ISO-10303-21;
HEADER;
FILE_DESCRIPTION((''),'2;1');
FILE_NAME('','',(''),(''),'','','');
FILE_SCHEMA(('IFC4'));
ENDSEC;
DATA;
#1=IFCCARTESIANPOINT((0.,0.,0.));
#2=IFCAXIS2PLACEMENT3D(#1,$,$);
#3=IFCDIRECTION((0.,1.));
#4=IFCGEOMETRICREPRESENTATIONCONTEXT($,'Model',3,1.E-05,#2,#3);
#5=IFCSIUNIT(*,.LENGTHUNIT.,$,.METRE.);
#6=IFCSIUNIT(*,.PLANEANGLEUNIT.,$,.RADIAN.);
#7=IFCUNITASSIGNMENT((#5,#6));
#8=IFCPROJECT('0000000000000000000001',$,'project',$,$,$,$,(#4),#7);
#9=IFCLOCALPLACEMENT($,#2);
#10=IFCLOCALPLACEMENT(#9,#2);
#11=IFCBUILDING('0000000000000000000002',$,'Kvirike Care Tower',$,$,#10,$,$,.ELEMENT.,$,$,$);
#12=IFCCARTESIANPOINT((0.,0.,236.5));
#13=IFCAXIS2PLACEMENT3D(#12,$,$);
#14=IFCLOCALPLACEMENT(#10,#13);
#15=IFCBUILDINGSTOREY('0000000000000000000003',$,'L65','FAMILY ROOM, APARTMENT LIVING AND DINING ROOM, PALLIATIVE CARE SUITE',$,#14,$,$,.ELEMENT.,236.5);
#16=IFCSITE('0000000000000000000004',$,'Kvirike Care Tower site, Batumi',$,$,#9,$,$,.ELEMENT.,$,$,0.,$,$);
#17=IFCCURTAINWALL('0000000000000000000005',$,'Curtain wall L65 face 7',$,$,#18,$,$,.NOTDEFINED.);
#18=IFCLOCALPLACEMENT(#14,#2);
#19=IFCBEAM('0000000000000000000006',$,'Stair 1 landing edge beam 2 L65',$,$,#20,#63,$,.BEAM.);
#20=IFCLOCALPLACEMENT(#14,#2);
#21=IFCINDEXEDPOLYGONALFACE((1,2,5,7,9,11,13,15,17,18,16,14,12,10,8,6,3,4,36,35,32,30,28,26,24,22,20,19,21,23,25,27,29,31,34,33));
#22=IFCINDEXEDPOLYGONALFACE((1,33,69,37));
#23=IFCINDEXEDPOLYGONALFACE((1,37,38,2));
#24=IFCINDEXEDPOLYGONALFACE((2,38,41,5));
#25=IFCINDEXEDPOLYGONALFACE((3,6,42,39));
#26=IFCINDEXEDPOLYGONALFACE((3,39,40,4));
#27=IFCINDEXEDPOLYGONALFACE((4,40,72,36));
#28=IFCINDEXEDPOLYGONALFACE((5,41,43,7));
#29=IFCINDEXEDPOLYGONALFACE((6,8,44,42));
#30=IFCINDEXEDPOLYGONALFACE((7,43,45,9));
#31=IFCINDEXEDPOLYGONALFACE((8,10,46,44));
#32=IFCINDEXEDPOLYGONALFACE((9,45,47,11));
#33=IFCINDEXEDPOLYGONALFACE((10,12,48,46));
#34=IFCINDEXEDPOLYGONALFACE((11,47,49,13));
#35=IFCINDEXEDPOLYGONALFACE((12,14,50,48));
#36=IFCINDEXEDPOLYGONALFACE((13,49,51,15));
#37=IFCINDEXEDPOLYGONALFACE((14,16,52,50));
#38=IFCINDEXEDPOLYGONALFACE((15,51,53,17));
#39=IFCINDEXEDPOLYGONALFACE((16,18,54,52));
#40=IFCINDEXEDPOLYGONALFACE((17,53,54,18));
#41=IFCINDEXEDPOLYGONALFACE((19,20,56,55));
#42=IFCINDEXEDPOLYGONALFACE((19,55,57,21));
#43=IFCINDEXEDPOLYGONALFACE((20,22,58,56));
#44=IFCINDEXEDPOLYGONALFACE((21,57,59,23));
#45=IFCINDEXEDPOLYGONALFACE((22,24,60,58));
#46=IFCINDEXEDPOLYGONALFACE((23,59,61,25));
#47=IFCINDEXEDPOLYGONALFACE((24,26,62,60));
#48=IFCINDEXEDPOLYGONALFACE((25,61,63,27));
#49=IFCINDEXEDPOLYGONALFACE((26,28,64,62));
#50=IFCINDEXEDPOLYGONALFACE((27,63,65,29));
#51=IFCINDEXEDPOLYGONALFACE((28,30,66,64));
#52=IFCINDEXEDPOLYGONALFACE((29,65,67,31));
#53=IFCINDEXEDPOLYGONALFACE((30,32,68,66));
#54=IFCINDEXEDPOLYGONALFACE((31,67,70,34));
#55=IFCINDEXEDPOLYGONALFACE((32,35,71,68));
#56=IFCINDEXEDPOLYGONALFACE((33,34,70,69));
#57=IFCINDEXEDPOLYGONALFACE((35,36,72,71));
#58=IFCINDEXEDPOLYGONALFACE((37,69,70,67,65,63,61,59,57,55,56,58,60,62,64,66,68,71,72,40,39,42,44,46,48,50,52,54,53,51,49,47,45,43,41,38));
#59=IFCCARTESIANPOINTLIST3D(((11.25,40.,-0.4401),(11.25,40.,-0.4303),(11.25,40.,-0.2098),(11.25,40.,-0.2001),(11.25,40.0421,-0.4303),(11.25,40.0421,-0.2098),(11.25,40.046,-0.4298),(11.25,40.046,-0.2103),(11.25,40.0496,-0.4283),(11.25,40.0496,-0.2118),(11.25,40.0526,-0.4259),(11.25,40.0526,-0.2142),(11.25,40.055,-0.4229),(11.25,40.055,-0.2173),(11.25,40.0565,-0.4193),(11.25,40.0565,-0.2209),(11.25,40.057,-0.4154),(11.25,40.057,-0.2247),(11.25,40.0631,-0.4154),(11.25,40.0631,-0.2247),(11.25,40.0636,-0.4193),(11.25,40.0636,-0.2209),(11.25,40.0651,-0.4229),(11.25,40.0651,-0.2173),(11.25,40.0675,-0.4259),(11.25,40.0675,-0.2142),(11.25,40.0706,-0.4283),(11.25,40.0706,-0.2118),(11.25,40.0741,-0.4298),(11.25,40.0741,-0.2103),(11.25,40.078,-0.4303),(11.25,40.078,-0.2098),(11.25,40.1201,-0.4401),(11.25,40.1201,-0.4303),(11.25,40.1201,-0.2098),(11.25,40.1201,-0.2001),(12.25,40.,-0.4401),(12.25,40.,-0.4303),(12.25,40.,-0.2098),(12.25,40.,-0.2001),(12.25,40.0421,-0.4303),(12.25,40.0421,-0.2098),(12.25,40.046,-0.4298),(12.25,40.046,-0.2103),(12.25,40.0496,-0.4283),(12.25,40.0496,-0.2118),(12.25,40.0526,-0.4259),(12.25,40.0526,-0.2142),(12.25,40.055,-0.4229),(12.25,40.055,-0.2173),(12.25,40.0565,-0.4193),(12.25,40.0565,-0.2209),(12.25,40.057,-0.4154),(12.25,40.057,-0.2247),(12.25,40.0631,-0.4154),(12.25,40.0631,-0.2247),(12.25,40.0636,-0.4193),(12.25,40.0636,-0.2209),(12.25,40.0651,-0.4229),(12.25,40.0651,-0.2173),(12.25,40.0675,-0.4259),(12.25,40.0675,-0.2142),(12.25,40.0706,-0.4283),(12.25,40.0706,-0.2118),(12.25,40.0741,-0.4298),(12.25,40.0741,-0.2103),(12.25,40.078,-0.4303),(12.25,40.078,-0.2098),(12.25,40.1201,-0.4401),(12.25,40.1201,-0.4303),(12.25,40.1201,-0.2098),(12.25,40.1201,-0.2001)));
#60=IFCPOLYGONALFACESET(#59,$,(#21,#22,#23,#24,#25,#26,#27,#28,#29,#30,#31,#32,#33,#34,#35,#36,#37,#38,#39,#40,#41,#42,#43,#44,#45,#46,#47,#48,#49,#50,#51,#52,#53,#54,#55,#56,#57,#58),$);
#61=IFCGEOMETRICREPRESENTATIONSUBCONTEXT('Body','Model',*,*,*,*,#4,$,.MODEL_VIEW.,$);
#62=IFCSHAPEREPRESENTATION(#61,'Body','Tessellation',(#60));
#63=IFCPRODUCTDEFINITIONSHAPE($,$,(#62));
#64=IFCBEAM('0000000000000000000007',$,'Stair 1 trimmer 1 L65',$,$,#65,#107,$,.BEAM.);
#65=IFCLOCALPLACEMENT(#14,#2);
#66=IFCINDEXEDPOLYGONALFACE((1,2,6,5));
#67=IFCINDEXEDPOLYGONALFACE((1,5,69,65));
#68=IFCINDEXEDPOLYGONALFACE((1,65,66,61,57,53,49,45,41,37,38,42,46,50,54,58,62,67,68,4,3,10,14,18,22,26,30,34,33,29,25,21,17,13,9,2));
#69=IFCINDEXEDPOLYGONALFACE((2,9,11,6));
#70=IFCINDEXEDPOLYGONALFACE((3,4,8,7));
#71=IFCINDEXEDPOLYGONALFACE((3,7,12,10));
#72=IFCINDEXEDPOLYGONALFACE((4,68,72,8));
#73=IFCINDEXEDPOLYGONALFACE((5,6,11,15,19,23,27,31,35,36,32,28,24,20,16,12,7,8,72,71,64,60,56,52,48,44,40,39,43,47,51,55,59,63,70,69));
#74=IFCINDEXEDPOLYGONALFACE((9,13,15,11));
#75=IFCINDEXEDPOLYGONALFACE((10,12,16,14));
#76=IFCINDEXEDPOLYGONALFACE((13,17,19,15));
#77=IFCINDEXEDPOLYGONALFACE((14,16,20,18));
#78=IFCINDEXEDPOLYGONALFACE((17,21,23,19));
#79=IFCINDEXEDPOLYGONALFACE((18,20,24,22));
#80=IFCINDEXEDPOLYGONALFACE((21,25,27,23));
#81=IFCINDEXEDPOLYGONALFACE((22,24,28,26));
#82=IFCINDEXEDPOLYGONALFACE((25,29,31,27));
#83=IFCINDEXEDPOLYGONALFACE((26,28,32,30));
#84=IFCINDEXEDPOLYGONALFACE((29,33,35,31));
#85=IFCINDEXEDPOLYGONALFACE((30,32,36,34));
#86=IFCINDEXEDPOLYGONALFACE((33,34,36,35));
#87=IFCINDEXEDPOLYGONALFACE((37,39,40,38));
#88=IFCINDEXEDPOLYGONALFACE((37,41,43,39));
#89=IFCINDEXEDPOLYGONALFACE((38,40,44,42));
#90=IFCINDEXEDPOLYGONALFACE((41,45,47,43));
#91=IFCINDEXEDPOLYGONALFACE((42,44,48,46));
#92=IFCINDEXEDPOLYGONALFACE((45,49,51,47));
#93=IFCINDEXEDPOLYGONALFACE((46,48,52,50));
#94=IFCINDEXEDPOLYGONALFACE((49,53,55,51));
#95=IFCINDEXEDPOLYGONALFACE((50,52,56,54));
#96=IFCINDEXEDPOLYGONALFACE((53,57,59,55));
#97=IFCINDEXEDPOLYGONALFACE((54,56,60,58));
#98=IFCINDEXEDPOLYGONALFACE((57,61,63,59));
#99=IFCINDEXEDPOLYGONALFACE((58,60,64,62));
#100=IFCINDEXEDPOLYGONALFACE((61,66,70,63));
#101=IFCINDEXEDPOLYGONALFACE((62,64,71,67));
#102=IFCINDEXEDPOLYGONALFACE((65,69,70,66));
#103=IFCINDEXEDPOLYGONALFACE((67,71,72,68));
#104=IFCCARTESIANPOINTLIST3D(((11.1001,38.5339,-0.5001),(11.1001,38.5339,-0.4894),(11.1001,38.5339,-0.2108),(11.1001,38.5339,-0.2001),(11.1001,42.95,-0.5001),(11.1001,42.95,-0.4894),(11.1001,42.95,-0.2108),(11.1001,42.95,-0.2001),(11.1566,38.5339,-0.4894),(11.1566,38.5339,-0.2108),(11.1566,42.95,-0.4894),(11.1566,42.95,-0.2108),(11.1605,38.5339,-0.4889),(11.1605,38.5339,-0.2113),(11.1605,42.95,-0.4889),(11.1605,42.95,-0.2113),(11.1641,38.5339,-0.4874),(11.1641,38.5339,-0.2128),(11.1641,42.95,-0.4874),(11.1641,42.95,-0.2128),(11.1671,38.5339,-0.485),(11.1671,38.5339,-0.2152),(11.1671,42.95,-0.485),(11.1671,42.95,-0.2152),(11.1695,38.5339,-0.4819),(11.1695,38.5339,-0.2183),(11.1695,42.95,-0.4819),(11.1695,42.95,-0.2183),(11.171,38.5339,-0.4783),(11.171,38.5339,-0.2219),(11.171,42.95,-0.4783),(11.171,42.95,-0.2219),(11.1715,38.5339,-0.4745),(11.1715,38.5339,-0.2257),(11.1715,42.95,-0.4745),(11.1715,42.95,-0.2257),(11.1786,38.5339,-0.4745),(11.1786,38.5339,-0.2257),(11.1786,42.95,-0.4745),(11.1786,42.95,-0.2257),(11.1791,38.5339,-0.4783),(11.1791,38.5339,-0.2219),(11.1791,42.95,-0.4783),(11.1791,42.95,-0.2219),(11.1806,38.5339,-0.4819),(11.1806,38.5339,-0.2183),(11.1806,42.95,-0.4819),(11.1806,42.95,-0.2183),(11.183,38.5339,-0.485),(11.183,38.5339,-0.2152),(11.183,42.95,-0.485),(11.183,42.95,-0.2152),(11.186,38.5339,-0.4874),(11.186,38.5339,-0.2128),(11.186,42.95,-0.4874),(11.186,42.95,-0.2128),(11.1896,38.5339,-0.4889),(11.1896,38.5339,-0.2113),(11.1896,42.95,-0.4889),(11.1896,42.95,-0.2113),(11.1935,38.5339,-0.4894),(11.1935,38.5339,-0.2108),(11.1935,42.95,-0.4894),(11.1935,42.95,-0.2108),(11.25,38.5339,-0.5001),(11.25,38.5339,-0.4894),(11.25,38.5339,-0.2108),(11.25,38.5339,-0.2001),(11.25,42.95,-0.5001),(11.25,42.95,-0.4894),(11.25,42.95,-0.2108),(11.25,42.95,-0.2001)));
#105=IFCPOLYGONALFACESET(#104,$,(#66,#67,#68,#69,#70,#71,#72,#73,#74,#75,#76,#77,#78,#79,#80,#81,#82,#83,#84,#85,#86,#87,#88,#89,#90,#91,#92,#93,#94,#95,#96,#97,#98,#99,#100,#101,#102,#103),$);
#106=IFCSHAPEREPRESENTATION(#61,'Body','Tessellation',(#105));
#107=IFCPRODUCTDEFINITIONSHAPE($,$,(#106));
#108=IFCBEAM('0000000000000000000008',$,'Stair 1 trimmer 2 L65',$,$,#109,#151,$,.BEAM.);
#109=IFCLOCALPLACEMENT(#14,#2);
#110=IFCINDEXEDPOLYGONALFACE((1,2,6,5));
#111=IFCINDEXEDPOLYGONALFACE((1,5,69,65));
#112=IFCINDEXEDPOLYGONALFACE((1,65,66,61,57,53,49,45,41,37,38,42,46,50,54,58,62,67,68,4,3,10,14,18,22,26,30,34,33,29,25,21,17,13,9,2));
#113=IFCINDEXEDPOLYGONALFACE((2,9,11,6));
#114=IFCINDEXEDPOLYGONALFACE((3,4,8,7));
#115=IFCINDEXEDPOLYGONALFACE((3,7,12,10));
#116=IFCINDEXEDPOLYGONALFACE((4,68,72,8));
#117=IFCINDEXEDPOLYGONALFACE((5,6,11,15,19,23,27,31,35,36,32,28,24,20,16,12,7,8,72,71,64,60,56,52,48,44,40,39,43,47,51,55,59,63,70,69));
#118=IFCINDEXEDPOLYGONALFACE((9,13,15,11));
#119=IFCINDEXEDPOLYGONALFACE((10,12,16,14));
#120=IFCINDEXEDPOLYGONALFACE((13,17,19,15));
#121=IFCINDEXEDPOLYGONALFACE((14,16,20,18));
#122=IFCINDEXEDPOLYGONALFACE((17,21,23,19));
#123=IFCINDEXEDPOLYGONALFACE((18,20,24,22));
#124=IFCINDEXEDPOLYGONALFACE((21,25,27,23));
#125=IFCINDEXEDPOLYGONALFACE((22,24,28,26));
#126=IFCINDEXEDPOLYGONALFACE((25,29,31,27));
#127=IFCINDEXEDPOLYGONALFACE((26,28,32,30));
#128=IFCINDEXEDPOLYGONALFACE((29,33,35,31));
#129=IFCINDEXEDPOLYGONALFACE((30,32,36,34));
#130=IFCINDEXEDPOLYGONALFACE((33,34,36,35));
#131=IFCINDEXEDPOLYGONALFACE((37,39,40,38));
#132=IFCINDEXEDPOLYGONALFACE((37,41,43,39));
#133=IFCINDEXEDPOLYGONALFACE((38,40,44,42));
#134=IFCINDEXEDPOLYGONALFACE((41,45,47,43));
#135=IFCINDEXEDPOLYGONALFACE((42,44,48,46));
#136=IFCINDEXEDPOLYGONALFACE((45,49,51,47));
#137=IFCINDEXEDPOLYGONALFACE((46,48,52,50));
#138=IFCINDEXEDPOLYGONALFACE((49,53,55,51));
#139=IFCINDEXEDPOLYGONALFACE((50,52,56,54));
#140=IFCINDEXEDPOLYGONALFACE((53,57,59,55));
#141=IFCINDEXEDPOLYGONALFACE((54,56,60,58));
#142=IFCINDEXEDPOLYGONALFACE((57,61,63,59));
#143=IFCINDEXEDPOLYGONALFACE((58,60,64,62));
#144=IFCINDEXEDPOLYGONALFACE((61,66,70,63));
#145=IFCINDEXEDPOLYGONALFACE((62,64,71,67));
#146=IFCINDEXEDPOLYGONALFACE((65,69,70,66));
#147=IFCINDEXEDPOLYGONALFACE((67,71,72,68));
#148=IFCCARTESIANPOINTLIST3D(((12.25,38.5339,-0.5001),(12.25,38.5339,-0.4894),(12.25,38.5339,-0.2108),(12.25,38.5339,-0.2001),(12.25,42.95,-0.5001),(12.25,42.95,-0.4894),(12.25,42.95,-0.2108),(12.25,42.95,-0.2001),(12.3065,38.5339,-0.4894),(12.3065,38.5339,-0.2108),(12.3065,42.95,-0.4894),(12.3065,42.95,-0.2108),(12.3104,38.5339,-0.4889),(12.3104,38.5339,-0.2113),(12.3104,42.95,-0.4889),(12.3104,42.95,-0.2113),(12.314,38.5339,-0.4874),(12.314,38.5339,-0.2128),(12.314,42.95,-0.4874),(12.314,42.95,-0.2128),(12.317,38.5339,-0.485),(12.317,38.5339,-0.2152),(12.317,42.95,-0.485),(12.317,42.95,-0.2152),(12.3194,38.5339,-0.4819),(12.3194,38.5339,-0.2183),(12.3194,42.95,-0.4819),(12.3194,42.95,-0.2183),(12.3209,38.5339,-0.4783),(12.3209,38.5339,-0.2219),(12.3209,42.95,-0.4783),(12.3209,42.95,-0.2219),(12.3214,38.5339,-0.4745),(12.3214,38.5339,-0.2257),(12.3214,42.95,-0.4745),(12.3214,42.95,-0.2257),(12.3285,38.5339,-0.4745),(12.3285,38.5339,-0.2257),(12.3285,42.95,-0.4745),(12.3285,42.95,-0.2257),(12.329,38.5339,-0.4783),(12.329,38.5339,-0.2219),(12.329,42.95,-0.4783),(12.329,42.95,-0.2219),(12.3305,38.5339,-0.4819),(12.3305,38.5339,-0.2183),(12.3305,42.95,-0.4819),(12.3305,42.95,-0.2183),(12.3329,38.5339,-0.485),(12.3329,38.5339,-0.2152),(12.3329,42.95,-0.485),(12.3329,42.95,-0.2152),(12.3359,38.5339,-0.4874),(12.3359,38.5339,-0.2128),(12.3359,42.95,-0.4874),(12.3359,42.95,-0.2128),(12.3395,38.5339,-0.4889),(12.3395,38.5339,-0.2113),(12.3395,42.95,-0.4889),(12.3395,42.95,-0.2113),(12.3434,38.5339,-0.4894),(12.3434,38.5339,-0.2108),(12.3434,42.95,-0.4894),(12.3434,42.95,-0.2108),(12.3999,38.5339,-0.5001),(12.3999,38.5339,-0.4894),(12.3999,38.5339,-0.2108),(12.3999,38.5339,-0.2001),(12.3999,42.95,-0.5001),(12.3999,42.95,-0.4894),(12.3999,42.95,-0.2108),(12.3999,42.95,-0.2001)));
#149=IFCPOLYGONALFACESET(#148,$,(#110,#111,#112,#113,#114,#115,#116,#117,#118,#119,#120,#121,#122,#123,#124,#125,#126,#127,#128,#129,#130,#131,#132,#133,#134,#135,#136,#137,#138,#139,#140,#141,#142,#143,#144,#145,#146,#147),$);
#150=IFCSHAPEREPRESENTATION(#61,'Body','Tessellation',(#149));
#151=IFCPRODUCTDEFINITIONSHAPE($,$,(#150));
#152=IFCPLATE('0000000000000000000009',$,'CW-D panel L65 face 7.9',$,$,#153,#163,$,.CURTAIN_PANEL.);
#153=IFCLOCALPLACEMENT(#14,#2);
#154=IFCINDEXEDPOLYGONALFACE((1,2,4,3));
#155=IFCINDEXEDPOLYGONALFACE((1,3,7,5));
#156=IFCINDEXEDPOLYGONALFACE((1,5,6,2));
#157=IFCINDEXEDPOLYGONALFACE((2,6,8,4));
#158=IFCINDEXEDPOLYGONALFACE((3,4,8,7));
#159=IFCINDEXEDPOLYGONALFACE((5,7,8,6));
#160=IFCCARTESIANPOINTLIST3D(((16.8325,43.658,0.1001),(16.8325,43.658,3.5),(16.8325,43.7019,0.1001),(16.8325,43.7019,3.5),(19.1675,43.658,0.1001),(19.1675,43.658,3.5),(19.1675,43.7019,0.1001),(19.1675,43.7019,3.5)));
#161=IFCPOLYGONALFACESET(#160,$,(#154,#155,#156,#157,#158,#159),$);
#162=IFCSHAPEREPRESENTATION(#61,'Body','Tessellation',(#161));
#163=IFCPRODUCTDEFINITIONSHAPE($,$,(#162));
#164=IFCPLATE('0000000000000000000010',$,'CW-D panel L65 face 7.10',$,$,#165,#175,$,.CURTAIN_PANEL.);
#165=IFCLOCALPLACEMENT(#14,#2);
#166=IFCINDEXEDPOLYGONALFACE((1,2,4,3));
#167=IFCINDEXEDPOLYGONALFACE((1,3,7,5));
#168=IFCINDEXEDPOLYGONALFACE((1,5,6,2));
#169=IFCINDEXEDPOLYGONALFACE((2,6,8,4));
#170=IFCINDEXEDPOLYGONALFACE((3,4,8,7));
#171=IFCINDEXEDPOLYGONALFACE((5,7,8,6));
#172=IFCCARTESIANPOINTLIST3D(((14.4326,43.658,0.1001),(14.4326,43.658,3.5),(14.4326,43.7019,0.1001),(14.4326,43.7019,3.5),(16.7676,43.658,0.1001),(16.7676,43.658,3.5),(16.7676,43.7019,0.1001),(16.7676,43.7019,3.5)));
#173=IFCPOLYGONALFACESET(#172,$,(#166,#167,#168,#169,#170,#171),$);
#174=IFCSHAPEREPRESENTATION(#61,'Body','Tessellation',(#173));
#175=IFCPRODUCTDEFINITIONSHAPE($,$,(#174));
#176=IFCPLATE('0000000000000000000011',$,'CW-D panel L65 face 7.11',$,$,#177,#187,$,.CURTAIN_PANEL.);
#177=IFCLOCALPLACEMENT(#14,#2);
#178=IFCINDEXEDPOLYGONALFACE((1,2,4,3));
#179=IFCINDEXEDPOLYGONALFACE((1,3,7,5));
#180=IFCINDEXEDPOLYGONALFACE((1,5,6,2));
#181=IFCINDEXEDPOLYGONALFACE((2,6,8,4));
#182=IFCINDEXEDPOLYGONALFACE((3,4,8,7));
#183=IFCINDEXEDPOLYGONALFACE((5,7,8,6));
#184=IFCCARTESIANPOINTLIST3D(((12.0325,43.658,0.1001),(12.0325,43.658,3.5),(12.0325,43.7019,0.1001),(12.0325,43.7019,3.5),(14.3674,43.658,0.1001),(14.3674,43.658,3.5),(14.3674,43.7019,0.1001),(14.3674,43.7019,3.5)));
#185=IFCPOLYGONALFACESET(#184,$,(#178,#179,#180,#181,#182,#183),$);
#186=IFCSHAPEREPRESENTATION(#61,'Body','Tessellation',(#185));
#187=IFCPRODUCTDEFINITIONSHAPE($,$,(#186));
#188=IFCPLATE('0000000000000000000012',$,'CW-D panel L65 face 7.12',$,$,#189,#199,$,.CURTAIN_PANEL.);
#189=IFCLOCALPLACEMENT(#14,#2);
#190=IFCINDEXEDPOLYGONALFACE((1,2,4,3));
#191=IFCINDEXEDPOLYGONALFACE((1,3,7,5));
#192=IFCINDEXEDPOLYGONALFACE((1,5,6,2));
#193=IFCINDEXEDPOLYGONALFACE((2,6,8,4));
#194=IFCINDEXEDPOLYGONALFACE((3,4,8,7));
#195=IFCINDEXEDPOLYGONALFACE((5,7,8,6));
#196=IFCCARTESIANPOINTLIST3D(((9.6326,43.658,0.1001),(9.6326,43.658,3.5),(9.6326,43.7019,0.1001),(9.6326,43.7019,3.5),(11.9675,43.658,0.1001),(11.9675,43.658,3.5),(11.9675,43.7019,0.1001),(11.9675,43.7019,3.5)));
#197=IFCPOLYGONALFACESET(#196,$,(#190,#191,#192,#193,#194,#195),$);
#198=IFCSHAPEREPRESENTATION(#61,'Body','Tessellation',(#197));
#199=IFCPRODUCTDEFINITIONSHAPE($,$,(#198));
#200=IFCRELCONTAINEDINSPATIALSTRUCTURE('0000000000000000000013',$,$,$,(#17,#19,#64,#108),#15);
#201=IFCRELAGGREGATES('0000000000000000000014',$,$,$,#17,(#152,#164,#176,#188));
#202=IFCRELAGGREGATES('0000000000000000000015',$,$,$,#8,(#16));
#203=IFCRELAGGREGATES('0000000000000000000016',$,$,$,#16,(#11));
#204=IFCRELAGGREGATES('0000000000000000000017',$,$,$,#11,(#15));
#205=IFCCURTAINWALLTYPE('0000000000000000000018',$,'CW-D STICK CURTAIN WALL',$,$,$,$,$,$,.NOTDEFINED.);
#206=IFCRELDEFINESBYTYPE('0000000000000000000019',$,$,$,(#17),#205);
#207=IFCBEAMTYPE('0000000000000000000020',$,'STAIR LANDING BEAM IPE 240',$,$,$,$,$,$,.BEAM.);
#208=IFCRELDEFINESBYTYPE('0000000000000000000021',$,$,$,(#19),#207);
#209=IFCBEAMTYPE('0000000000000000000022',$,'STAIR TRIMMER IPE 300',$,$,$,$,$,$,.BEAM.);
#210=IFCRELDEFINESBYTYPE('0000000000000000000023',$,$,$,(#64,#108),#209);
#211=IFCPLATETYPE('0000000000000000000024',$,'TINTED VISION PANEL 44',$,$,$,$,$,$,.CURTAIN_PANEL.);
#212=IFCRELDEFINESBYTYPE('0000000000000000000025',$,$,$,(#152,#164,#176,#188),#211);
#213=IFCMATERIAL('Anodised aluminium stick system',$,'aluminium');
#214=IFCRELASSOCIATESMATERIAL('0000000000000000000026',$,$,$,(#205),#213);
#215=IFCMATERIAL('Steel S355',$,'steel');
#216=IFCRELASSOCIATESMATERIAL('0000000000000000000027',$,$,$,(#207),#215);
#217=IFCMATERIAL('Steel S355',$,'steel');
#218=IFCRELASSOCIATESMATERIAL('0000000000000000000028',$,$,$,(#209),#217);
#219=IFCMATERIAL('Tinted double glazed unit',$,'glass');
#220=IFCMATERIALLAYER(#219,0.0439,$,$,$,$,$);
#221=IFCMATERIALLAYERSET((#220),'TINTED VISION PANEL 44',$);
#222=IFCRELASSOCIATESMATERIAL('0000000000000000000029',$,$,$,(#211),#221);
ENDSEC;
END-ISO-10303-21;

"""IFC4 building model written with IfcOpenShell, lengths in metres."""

from ifc_helpers import new_model, si_unit, direction, frame, origin, origin_2d, place, context, subcontext, project, spatial, rectangle, i_section, extrude, material, layer, layer_set, material_profile, profile_set, type_object, element, aggregate, save


model = new_model("IFC4")

# Units and contexts
model_context = context("Model", 3, precision=1e-05, world=origin(), true_north=direction((0.0, 1.0)))
body_context = subcontext(model_context, "Body", "Model", "MODEL_VIEW")
ifc_project = project(units=[si_unit("LENGTHUNIT", "METRE"), si_unit("PLANEANGLEUNIT", "RADIAN")], contexts=[model_context])

# Site, building, storey
site_placement = place(None, origin())
site = spatial("IfcSite", under=ifc_project, at=site_placement, Name="Kvirike Care Tower site, Batumi", CompositionType="ELEMENT", RefElevation=0.0)
building_placement = place(site_placement, origin())
building = spatial("IfcBuilding", under=site, at=building_placement, Name="Kvirike Care Tower", CompositionType="ELEMENT")
storey_placement = place(building_placement, frame((0.0, 0.0, 236.5)))
storey = spatial("IfcBuildingStorey", under=building, at=storey_placement, Name="L65", Description="FAMILY ROOM, APARTMENT LIVING AND DINING ROOM, PALLIATIVE CARE SUITE", CompositionType="ELEMENT", Elevation=236.5)

# Curtain wall
ifc_material_1 = material(Name="Anodised aluminium stick system", Category="aluminium")
curtain_wall_type = type_object("IfcCurtainWallType", Name="CW-D STICK CURTAIN WALL", PredefinedType="NOTDEFINED", material=ifc_material_1)
curtain_wall_placement = place(storey_placement, origin())
curtain_wall = element("IfcCurtainWall", 1, at=curtain_wall_placement, inside=storey, type_object=curtain_wall_type, Name="Curtain wall L65 face 7", PredefinedType="NOTDEFINED")

# Beams
ifc_material_2 = material(Name="Steel S355", Category="steel")
ifc_material_profile_1 = material_profile(ifc_material_2, i_section(OverallWidth=0.1201, OverallDepth=0.24, WebThickness=0.0061, FlangeThickness=0.0098, FilletRadius=0.0149, at=origin_2d()), Name="IPE 240")
ifc_profile_set_1 = profile_set([ifc_material_profile_1], Name="Steel S355")
beam_type_1 = type_object("IfcBeamType", Name="STAIR LANDING BEAM IPE 240", PredefinedType="BEAM", material=ifc_profile_set_1)
for number, where, z_axis, x_axis, name in (
    (2, (11.25, 40.0601, -0.3201), (1.0, 0.0, 0.0), (0.0, 1.0, 0.0), "Stair 1 landing edge beam 2 L65"),
):
    element("IfcBeam", number, at=place(storey_placement, frame(where, z_axis=z_axis, x_axis=x_axis)), inside=storey, type_object=beam_type_1, Name=name, PredefinedType="BEAM", context=body_context, shape_type="SweptSolid", body=[
        extrude(i_section(OverallWidth=0.1201, OverallDepth=0.24, WebThickness=0.0061, FlangeThickness=0.0098, FilletRadius=0.0149, at=origin_2d()), origin(), (0.0, 0.0, 1.0), 1.0),
    ])
ifc_material_3 = material(Name="Steel S355", Category="steel")
ifc_material_profile_2 = material_profile(ifc_material_3, i_section(OverallWidth=0.1499, OverallDepth=0.3, WebThickness=0.0071, FlangeThickness=0.0107, FilletRadius=0.0149, at=origin_2d()), Name="IPE 300")
ifc_profile_set_2 = profile_set([ifc_material_profile_2], Name="Steel S355")
beam_type_2 = type_object("IfcBeamType", Name="STAIR TRIMMER IPE 300", PredefinedType="BEAM", material=ifc_profile_set_2)
for number, where, z_axis, x_axis, name in (
    (3, (11.175, 42.95, -0.3501), (0.0, -1.0, 0.0), (1.0, 0.0, 0.0), "Stair 1 trimmer 1 L65"),
    (4, (12.325, 42.95, -0.3501), (0.0, -1.0, 0.0), (1.0, 0.0, 0.0), "Stair 1 trimmer 2 L65"),
):
    element("IfcBeam", number, at=place(storey_placement, frame(where, z_axis=z_axis, x_axis=x_axis)), inside=storey, type_object=beam_type_2, Name=name, PredefinedType="BEAM", context=body_context, shape_type="SweptSolid", body=[
        extrude(i_section(OverallWidth=0.1499, OverallDepth=0.3, WebThickness=0.0071, FlangeThickness=0.0107, FilletRadius=0.0149, at=origin_2d()), origin(), (0.0, 0.0, 1.0), 4.416),
    ])

# Plates
ifc_material_4 = material(Name="Tinted double glazed unit", Category="glass")
ifc_layer_1 = layer(ifc_material_4, 0.0439)
ifc_layer_set_1 = layer_set([ifc_layer_1], Name="TINTED VISION PANEL 44")
plate_type = type_object("IfcPlateType", Name="TINTED VISION PANEL 44", PredefinedType="CURTAIN_PANEL", material=ifc_layer_set_1)
plate_1_placement = place(storey_placement, frame((18.0, 43.6799, 0.1001), z_axis=(0.0, 0.0, 1.0), x_axis=(-1.0, 0.0, 0.0)))
plate_1 = element("IfcPlate", 5, at=plate_1_placement, type_object=plate_type, Name="CW-D panel L65 face 7.9", PredefinedType="CURTAIN_PANEL", context=body_context, shape_type="SweptSolid", body=[
    extrude(rectangle(XDim=2.335, YDim=0.0439, at=origin_2d()), origin(), (0.0, 0.0, 1.0), 3.3999),
])
plate_2_placement = place(storey_placement, frame((15.6001, 43.6799, 0.1001), z_axis=(0.0, 0.0, 1.0), x_axis=(-1.0, 0.0, 0.0)))
plate_2 = element("IfcPlate", 6, at=plate_2_placement, type_object=plate_type, Name="CW-D panel L65 face 7.10", PredefinedType="CURTAIN_PANEL", context=body_context, shape_type="SweptSolid", body=[
    extrude(rectangle(XDim=2.335, YDim=0.0439, at=origin_2d()), origin(), (0.0, 0.0, 1.0), 3.3999),
])
plate_3_placement = place(storey_placement, frame((13.2, 43.6799, 0.1001), z_axis=(0.0, 0.0, 1.0), x_axis=(-1.0, 0.0, 0.0)))
plate_3 = element("IfcPlate", 7, at=plate_3_placement, type_object=plate_type, Name="CW-D panel L65 face 7.11", PredefinedType="CURTAIN_PANEL", context=body_context, shape_type="SweptSolid", body=[
    extrude(rectangle(XDim=2.335, YDim=0.0439, at=origin_2d()), origin(), (0.0, 0.0, 1.0), 3.3999),
])
plate_4_placement = place(storey_placement, frame((10.8, 43.6799, 0.1001), z_axis=(0.0, 0.0, 1.0), x_axis=(-1.0, 0.0, 0.0)))
plate_4 = element("IfcPlate", 8, at=plate_4_placement, type_object=plate_type, Name="CW-D panel L65 face 7.12", PredefinedType="CURTAIN_PANEL", context=body_context, shape_type="SweptSolid", body=[
    extrude(rectangle(XDim=2.335, YDim=0.0439, at=origin_2d()), origin(), (0.0, 0.0, 1.0), 3.3999),
])
aggregate(curtain_wall, [plate_1, plate_2, plate_3, plate_4])

save(model, "model.ifc")
